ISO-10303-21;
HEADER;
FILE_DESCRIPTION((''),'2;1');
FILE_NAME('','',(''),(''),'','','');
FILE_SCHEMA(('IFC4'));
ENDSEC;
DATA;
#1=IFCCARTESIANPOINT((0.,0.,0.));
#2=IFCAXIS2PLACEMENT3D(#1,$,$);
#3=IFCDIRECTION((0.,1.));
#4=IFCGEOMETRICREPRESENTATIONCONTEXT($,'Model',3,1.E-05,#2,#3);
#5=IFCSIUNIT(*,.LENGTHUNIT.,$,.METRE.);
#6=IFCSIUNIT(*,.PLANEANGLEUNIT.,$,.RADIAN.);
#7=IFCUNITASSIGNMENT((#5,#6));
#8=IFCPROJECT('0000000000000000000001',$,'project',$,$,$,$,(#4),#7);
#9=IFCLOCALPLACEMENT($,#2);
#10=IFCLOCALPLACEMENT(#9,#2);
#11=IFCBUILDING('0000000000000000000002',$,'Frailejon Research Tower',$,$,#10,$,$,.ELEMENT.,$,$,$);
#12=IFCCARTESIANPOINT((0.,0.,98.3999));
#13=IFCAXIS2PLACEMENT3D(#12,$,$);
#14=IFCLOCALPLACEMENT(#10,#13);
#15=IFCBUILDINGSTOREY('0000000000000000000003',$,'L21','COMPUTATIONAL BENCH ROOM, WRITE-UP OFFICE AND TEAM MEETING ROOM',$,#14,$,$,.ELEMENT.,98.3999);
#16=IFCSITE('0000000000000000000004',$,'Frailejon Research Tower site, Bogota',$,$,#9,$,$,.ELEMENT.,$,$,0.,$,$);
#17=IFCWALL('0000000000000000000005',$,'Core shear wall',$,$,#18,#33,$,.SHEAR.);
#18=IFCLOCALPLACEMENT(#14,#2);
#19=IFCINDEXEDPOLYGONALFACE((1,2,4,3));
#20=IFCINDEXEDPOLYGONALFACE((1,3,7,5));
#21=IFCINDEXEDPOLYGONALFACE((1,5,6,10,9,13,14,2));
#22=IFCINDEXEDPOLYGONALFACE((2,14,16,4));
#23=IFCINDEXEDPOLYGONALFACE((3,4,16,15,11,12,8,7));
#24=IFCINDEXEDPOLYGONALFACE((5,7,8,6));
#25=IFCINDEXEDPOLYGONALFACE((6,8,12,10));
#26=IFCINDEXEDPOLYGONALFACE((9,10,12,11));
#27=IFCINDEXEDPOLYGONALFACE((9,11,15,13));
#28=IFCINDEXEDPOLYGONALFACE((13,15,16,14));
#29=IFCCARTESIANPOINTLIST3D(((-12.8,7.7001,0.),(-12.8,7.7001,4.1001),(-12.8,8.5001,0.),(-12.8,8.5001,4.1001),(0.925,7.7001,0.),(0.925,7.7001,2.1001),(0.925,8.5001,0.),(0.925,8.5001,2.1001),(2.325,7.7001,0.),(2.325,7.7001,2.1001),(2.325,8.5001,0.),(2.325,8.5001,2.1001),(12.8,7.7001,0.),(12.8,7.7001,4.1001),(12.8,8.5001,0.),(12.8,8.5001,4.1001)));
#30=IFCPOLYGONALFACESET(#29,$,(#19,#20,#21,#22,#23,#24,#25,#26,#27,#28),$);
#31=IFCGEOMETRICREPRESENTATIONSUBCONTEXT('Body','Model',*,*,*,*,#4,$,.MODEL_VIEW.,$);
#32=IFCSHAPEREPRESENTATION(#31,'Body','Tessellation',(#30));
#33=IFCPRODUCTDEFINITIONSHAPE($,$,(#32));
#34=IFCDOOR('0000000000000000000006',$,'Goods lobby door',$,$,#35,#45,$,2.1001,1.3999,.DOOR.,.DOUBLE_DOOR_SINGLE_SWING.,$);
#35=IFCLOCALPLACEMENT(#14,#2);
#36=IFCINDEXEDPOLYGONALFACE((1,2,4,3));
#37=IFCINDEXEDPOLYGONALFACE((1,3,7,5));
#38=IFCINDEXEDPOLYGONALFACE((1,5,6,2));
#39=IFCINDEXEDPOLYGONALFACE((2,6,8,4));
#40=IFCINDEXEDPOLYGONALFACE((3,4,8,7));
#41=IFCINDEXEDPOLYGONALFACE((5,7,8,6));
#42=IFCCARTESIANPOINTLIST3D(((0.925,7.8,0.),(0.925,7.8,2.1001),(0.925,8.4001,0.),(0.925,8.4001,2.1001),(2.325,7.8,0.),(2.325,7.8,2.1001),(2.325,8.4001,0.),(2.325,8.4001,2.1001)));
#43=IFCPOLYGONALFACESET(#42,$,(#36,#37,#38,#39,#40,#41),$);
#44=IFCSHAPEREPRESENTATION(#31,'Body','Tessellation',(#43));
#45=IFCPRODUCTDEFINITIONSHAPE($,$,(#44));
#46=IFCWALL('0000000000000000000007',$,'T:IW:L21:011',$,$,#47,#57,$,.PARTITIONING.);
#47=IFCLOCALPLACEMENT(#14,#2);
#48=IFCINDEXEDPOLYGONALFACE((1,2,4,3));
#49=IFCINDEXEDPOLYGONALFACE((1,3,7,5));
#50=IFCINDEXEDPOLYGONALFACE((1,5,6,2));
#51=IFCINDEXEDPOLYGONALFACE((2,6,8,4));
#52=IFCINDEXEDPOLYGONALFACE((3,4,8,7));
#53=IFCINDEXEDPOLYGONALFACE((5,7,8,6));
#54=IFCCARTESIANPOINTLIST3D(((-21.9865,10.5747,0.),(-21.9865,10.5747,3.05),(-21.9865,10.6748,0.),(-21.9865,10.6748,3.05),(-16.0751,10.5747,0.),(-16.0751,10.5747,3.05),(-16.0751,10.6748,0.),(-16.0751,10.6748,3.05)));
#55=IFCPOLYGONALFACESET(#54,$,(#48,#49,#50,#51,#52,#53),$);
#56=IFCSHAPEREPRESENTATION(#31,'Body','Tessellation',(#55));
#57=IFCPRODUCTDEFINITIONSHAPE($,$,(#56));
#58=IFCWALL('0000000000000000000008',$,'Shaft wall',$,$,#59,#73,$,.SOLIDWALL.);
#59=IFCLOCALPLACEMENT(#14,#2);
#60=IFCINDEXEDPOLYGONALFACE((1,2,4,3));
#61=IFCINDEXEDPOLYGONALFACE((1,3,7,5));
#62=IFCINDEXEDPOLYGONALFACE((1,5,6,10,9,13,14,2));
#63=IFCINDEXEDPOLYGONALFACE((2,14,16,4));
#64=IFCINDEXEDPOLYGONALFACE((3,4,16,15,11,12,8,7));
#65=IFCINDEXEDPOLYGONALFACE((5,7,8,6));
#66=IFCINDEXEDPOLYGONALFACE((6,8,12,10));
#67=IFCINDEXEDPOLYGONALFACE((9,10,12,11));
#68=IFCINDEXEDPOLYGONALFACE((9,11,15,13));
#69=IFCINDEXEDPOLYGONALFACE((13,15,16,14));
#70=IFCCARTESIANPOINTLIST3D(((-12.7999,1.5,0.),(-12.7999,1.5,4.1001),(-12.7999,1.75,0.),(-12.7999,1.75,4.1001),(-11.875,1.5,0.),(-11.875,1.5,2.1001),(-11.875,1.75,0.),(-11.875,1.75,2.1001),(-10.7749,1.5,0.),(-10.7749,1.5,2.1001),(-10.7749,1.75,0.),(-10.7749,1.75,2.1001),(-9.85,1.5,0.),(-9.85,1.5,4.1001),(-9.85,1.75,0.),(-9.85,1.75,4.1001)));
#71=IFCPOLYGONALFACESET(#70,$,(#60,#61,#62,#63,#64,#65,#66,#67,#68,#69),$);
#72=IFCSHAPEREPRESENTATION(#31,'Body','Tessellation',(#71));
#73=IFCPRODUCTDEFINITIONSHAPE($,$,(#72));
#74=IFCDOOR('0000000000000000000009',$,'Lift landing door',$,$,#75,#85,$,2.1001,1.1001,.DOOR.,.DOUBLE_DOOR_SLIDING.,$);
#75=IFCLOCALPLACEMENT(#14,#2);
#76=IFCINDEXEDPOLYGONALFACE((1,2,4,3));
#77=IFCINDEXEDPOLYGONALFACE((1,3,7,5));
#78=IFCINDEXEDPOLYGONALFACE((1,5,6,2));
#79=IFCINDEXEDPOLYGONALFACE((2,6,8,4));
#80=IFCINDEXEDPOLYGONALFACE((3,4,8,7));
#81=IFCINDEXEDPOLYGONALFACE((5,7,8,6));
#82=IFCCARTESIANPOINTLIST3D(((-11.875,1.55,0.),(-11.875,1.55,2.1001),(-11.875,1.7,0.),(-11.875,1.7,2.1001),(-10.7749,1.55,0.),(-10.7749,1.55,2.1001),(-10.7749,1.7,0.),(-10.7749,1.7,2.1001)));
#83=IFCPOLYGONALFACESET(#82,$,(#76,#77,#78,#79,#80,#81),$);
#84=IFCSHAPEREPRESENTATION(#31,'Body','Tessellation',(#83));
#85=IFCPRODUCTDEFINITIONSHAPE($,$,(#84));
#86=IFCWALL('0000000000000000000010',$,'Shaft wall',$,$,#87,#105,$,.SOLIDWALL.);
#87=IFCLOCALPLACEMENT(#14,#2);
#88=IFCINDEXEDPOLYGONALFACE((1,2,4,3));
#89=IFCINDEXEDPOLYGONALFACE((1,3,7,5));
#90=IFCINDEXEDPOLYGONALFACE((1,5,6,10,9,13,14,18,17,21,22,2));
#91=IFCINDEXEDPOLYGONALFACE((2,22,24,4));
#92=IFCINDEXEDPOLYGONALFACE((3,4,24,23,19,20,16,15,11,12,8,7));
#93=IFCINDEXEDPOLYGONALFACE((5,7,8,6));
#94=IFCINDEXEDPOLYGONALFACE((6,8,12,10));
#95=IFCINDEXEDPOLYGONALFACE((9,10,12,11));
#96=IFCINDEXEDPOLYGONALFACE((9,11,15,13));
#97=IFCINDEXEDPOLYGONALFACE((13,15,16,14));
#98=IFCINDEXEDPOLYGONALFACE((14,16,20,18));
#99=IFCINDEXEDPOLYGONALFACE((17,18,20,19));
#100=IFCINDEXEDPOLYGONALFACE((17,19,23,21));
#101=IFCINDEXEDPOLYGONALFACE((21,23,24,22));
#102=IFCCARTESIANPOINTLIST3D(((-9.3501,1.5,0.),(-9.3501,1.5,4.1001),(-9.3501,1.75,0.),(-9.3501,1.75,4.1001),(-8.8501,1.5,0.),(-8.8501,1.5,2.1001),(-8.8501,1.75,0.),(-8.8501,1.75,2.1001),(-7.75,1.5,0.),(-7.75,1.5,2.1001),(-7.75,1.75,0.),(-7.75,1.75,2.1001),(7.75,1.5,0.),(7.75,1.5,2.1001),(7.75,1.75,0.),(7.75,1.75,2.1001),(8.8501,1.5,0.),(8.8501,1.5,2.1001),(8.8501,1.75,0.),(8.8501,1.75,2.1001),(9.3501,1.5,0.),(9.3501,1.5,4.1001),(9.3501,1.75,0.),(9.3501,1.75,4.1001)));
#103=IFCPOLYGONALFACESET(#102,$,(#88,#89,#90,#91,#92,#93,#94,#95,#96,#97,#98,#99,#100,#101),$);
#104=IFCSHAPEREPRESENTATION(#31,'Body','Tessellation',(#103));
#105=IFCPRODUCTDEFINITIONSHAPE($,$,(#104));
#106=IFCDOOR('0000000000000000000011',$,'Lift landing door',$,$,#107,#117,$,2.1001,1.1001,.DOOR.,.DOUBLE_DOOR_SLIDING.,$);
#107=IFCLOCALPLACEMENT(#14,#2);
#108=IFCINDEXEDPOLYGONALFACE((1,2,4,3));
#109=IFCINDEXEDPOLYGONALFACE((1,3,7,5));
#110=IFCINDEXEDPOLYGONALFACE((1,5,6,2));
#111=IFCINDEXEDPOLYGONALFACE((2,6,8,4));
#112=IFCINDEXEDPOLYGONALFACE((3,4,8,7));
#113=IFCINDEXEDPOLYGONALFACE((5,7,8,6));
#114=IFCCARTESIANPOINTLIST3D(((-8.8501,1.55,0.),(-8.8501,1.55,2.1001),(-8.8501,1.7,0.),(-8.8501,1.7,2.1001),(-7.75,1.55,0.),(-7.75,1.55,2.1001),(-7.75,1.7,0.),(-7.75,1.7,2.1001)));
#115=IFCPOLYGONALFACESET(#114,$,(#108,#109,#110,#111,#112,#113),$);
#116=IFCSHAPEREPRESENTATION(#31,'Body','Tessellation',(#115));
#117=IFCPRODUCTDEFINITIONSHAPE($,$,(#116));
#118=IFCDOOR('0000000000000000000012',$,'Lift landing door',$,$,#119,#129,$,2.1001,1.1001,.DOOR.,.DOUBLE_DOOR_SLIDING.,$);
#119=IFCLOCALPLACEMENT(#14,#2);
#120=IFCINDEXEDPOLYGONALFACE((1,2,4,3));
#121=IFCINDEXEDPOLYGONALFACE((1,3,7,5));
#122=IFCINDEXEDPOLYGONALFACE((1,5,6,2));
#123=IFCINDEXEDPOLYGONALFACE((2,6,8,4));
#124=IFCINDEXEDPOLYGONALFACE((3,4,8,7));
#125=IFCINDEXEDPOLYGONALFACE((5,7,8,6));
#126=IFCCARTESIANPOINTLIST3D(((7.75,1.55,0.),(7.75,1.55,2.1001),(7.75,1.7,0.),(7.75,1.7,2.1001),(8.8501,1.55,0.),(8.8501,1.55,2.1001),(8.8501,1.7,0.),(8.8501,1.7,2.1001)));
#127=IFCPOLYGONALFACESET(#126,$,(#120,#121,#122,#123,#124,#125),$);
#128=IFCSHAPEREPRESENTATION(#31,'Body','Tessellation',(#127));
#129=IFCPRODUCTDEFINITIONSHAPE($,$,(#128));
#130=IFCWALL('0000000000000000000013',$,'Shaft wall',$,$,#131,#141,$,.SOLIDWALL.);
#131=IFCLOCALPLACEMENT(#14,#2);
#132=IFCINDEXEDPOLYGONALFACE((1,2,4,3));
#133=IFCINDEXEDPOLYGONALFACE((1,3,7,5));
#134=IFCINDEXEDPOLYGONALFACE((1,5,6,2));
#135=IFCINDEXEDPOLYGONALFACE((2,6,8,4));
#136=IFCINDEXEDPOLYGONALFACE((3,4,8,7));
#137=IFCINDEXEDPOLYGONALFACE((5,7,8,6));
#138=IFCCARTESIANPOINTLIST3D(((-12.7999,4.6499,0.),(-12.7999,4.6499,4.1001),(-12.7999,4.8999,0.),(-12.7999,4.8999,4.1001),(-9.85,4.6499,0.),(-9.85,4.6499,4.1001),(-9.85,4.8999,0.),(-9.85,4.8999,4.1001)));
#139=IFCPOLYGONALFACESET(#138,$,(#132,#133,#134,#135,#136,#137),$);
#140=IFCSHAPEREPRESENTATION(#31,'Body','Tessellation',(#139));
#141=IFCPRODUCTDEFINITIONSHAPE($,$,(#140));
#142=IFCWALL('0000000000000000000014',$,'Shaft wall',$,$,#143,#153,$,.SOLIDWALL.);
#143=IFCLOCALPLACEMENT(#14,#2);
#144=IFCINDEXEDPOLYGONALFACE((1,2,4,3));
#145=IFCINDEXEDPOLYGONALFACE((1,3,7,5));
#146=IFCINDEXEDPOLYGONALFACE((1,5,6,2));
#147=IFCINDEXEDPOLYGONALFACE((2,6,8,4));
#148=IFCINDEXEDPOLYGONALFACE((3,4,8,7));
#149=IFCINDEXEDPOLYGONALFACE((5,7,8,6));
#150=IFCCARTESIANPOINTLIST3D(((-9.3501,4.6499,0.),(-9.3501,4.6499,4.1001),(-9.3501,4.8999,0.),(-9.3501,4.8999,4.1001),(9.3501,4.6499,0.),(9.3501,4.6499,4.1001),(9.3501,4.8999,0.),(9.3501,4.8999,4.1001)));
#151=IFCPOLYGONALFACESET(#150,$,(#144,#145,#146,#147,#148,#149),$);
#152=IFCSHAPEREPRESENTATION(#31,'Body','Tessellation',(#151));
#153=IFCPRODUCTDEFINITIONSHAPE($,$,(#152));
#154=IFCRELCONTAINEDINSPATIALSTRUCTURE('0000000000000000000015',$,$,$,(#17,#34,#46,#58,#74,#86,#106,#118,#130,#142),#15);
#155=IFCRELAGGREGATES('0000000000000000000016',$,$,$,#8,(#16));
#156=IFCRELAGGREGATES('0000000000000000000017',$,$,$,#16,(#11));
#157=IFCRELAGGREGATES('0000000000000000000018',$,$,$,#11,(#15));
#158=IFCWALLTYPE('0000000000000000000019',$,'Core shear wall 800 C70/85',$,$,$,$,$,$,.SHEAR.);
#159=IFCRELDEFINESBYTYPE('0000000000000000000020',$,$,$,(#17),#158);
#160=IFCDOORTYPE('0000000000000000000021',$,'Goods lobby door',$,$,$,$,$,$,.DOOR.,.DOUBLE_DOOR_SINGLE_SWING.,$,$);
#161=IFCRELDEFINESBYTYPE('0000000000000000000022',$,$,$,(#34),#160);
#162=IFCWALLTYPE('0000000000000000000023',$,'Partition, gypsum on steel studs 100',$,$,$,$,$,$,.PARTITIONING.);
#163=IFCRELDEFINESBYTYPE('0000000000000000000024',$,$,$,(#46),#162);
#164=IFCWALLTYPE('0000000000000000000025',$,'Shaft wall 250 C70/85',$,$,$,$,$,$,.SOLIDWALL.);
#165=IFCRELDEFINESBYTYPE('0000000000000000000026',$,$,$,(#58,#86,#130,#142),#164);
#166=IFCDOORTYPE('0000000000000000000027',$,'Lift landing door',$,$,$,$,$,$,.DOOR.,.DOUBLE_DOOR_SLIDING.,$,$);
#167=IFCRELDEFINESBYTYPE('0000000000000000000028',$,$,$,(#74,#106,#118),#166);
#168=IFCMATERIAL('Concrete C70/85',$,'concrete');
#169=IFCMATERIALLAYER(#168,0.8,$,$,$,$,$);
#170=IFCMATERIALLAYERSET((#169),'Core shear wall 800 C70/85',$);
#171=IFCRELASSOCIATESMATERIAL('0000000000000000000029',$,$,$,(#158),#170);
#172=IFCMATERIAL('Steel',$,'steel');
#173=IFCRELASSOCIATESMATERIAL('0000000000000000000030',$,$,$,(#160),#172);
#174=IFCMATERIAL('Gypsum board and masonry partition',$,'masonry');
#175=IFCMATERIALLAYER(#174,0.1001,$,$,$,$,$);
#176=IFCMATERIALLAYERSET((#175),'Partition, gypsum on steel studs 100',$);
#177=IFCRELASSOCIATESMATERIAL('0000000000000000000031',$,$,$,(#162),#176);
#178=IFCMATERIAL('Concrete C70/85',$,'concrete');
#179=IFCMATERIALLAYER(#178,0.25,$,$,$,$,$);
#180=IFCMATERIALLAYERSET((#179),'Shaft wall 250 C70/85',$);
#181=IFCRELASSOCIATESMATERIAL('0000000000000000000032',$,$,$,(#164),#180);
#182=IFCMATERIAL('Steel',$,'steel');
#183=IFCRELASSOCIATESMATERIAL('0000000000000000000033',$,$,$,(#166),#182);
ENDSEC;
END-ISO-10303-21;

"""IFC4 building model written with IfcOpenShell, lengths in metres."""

from ifc_helpers import new_model, si_unit, direction, frame, frame_2d, origin, place, context, subcontext, project, spatial, rectangle, extrude, material, layer, layer_set, type_object, element, fill, save


model = new_model("IFC4")

# Units and contexts
model_context = context("Model", 3, precision=1e-05, world=origin(), true_north=direction((0.0, 1.0)))
body_context = subcontext(model_context, "Body", "Model", "MODEL_VIEW")
ifc_project = project(units=[si_unit("LENGTHUNIT", "METRE"), si_unit("PLANEANGLEUNIT", "RADIAN")], contexts=[model_context])

# Site, building, storey
site_placement = place(None, origin())
site = spatial("IfcSite", under=ifc_project, at=site_placement, Name="Frailejon Research Tower site, Bogota", CompositionType="ELEMENT", RefElevation=0.0)
building_placement = place(site_placement, origin())
building = spatial("IfcBuilding", under=site, at=building_placement, Name="Frailejon Research Tower", CompositionType="ELEMENT")
storey_placement = place(building_placement, frame((0.0, 0.0, 98.3999)))
storey = spatial("IfcBuildingStorey", under=building, at=storey_placement, Name="L21", Description="COMPUTATIONAL BENCH ROOM, WRITE-UP OFFICE AND TEAM MEETING ROOM", CompositionType="ELEMENT", Elevation=98.3999)

# Shared definitions
ifc_material_1 = material(Name="Concrete C70/85", Category="concrete")
ifc_layer_1 = layer(ifc_material_1, 0.8)
ifc_layer_set_1 = layer_set([ifc_layer_1], Name="Core shear wall 800 C70/85")
wall_type_1 = type_object("IfcWallType", Name="Core shear wall 800 C70/85", PredefinedType="SHEAR", material=ifc_layer_set_1)
ifc_material_2 = material(Name="Steel", Category="steel")
door_type_1 = type_object("IfcDoorType", Name="Goods lobby door", OperationType="DOUBLE_DOOR_SINGLE_SWING", PredefinedType="DOOR", material=ifc_material_2)

# Wall, opening, door
wall_1_placement = place(storey_placement, frame((-12.8, 8.1001, 0.0), z_axis=(0.0, 0.0, 1.0), x_axis=(1.0, 0.0, 0.0)))
wall_1 = element("IfcWall", 1, at=wall_1_placement, inside=storey, type_object=wall_type_1, Name="Core shear wall", PredefinedType="SHEAR", context=body_context, shape_type="SweptSolid", body=[
    extrude(rectangle(XDim=25.6001, YDim=0.8, at=frame_2d((12.8, 0.0))), origin(), (0.0, 0.0, 1.0), 4.1001),
])
opening_1_placement = place(wall_1_placement, frame((13.7251, 0.0, 0.0)))
opening_1 = element("IfcOpeningElement", 2, at=opening_1_placement, cuts=wall_1, PredefinedType="OPENING", context=body_context, shape_type="SweptSolid", body=[
    extrude(rectangle(XDim=1.3999, YDim=2.1001, at=frame_2d((0.7, 1.05))), frame((0.0, 0.4099, 0.0), z_axis=(0.0, -1.0, 0.0), x_axis=(1.0, 0.0, 0.0)), (0.0, 0.0, 1.0), 0.8201),
])
door_1_placement = place(opening_1_placement, origin())
door_1 = element("IfcDoor", 3, at=door_1_placement, inside=storey, type_object=door_type_1, Name="Goods lobby door", OperationType="DOUBLE_DOOR_SINGLE_SWING", OverallHeight=2.1001, OverallWidth=1.3999, PredefinedType="DOOR", context=body_context, shape_type="SweptSolid", body=[
    extrude(rectangle(XDim=1.3999, YDim=2.1001, at=frame_2d((0.7, 1.05))), frame((0.0, 0.3, 0.0), z_axis=(0.0, -1.0, 0.0), x_axis=(1.0, 0.0, 0.0)), (0.0, 0.0, 1.0), 0.6001),
])
fill(opening_1, door_1)

# Wall
ifc_material_3 = material(Name="Gypsum board and masonry partition", Category="masonry")
ifc_layer_2 = layer(ifc_material_3, 0.1001)
ifc_layer_set_2 = layer_set([ifc_layer_2], Name="Partition, gypsum on steel studs 100")
wall_type_2 = type_object("IfcWallType", Name="Partition, gypsum on steel studs 100", PredefinedType="PARTITIONING", material=ifc_layer_set_2)
wall_2_placement = place(storey_placement, frame((-21.9863, 10.6248, 0.0), z_axis=(0.0, 0.0, 1.0), x_axis=(1.0, 0.0, 0.0)))
element("IfcWall", 4, at=wall_2_placement, inside=storey, type_object=wall_type_2, Name="T:IW:L21:011", PredefinedType="PARTITIONING", context=body_context, shape_type="SweptSolid", body=[
    extrude(rectangle(XDim=5.9114, YDim=0.1001, at=frame_2d((2.9556, 0.0))), origin(), (0.0, 0.0, 1.0), 3.05),
])

# Wall, opening, door
ifc_material_4 = material(Name="Concrete C70/85", Category="concrete")
ifc_layer_3 = layer(ifc_material_4, 0.25)
ifc_layer_set_3 = layer_set([ifc_layer_3], Name="Shaft wall 250 C70/85")
wall_type_3 = type_object("IfcWallType", Name="Shaft wall 250 C70/85", PredefinedType="SOLIDWALL", material=ifc_layer_set_3)
wall_3_placement = place(storey_placement, frame((-12.8, 1.625, 0.0), z_axis=(0.0, 0.0, 1.0), x_axis=(1.0, 0.0, 0.0)))
wall_3 = element("IfcWall", 5, at=wall_3_placement, inside=storey, type_object=wall_type_3, Name="Shaft wall", PredefinedType="SOLIDWALL", context=body_context, shape_type="SweptSolid", body=[
    extrude(rectangle(XDim=2.95, YDim=0.25, at=frame_2d((1.4751, 0.0))), origin(), (0.0, 0.0, 1.0), 4.1001),
])
opening_2_placement = place(wall_3_placement, frame((0.925, 0.0, 0.0)))
opening_2 = element("IfcOpeningElement", 6, at=opening_2_placement, cuts=wall_3, PredefinedType="OPENING", context=body_context, shape_type="SweptSolid", body=[
    extrude(rectangle(XDim=1.1001, YDim=2.1001, at=frame_2d((0.55, 1.05))), frame((0.0, 0.135, 0.0), z_axis=(0.0, -1.0, 0.0), x_axis=(1.0, 0.0, 0.0)), (0.0, 0.0, 1.0), 0.27),
])
ifc_material_5 = material(Name="Steel", Category="steel")
door_type_2 = type_object("IfcDoorType", Name="Lift landing door", OperationType="DOUBLE_DOOR_SLIDING", PredefinedType="DOOR", material=ifc_material_5)
door_2_placement = place(opening_2_placement, origin())
door_2 = element("IfcDoor", 7, at=door_2_placement, inside=storey, type_object=door_type_2, Name="Lift landing door", OperationType="DOUBLE_DOOR_SLIDING", OverallHeight=2.1001, OverallWidth=1.1001, PredefinedType="DOOR", context=body_context, shape_type="SweptSolid", body=[
    extrude(rectangle(XDim=1.1001, YDim=2.1001, at=frame_2d((0.55, 1.05))), frame((0.0, 0.075, 0.0), z_axis=(0.0, -1.0, 0.0), x_axis=(1.0, 0.0, 0.0)), (0.0, 0.0, 1.0), 0.1499),
])
fill(opening_2, door_2)

# Wall, openings, doors
wall_4_placement = place(storey_placement, frame((-9.3501, 1.625, 0.0), z_axis=(0.0, 0.0, 1.0), x_axis=(1.0, 0.0, 0.0)))
wall_4 = element("IfcWall", 8, at=wall_4_placement, inside=storey, type_object=wall_type_3, Name="Shaft wall", PredefinedType="SOLIDWALL", context=body_context, shape_type="SweptSolid", body=[
    extrude(rectangle(XDim=18.7002, YDim=0.25, at=frame_2d((9.3501, 0.0))), origin(), (0.0, 0.0, 1.0), 4.1001),
])
opening_3_placement = place(wall_4_placement, frame((0.5, 0.0, 0.0)))
opening_3 = element("IfcOpeningElement", 9, at=opening_3_placement, cuts=wall_4, PredefinedType="OPENING", context=body_context, shape_type="SweptSolid", body=[
    extrude(rectangle(XDim=1.1001, YDim=2.1001, at=frame_2d((0.55, 1.05))), frame((0.0, 0.135, 0.0), z_axis=(0.0, -1.0, 0.0), x_axis=(1.0, 0.0, 0.0)), (0.0, 0.0, 1.0), 0.27),
])
opening_4_placement = place(wall_4_placement, frame((17.1001, 0.0, 0.0)))
opening_4 = element("IfcOpeningElement", 10, at=opening_4_placement, cuts=wall_4, PredefinedType="OPENING", context=body_context, shape_type="SweptSolid", body=[
    extrude(rectangle(XDim=1.1001, YDim=2.1001, at=frame_2d((0.55, 1.05))), frame((0.0, 0.135, 0.0), z_axis=(0.0, -1.0, 0.0), x_axis=(1.0, 0.0, 0.0)), (0.0, 0.0, 1.0), 0.27),
])
door_3_placement = place(opening_3_placement, origin())
door_3 = element("IfcDoor", 11, at=door_3_placement, inside=storey, type_object=door_type_2, Name="Lift landing door", OperationType="DOUBLE_DOOR_SLIDING", OverallHeight=2.1001, OverallWidth=1.1001, PredefinedType="DOOR", context=body_context, shape_type="SweptSolid", body=[
    extrude(rectangle(XDim=1.1001, YDim=2.1001, at=frame_2d((0.55, 1.05))), frame((0.0, 0.075, 0.0), z_axis=(0.0, -1.0, 0.0), x_axis=(1.0, 0.0, 0.0)), (0.0, 0.0, 1.0), 0.1499),
])
fill(opening_3, door_3)
door_4_placement = place(opening_4_placement, origin())
door_4 = element("IfcDoor", 12, at=door_4_placement, inside=storey, type_object=door_type_2, Name="Lift landing door", OperationType="DOUBLE_DOOR_SLIDING", OverallHeight=2.1001, OverallWidth=1.1001, PredefinedType="DOOR", context=body_context, shape_type="SweptSolid", body=[
    extrude(rectangle(XDim=1.1001, YDim=2.1001, at=frame_2d((0.55, 1.05))), frame((0.0, 0.075, 0.0), z_axis=(0.0, -1.0, 0.0), x_axis=(1.0, 0.0, 0.0)), (0.0, 0.0, 1.0), 0.1499),
])
fill(opening_4, door_4)

# Walls
wall_5_placement = place(storey_placement, frame((-12.8, 4.7749, 0.0), z_axis=(0.0, 0.0, 1.0), x_axis=(1.0, 0.0, 0.0)))
element("IfcWall", 13, at=wall_5_placement, inside=storey, type_object=wall_type_3, Name="Shaft wall", PredefinedType="SOLIDWALL", context=body_context, shape_type="SweptSolid", body=[
    extrude(rectangle(XDim=2.95, YDim=0.25, at=frame_2d((1.4751, 0.0))), origin(), (0.0, 0.0, 1.0), 4.1001),
])
wall_6_placement = place(storey_placement, frame((-9.3501, 4.7749, 0.0), z_axis=(0.0, 0.0, 1.0), x_axis=(1.0, 0.0, 0.0)))
element("IfcWall", 14, at=wall_6_placement, inside=storey, type_object=wall_type_3, Name="Shaft wall", PredefinedType="SOLIDWALL", context=body_context, shape_type="SweptSolid", body=[
    extrude(rectangle(XDim=18.7002, YDim=0.25, at=frame_2d((9.3501, 0.0))), origin(), (0.0, 0.0, 1.0), 4.1001),
])

save(model, "model.ifc")
